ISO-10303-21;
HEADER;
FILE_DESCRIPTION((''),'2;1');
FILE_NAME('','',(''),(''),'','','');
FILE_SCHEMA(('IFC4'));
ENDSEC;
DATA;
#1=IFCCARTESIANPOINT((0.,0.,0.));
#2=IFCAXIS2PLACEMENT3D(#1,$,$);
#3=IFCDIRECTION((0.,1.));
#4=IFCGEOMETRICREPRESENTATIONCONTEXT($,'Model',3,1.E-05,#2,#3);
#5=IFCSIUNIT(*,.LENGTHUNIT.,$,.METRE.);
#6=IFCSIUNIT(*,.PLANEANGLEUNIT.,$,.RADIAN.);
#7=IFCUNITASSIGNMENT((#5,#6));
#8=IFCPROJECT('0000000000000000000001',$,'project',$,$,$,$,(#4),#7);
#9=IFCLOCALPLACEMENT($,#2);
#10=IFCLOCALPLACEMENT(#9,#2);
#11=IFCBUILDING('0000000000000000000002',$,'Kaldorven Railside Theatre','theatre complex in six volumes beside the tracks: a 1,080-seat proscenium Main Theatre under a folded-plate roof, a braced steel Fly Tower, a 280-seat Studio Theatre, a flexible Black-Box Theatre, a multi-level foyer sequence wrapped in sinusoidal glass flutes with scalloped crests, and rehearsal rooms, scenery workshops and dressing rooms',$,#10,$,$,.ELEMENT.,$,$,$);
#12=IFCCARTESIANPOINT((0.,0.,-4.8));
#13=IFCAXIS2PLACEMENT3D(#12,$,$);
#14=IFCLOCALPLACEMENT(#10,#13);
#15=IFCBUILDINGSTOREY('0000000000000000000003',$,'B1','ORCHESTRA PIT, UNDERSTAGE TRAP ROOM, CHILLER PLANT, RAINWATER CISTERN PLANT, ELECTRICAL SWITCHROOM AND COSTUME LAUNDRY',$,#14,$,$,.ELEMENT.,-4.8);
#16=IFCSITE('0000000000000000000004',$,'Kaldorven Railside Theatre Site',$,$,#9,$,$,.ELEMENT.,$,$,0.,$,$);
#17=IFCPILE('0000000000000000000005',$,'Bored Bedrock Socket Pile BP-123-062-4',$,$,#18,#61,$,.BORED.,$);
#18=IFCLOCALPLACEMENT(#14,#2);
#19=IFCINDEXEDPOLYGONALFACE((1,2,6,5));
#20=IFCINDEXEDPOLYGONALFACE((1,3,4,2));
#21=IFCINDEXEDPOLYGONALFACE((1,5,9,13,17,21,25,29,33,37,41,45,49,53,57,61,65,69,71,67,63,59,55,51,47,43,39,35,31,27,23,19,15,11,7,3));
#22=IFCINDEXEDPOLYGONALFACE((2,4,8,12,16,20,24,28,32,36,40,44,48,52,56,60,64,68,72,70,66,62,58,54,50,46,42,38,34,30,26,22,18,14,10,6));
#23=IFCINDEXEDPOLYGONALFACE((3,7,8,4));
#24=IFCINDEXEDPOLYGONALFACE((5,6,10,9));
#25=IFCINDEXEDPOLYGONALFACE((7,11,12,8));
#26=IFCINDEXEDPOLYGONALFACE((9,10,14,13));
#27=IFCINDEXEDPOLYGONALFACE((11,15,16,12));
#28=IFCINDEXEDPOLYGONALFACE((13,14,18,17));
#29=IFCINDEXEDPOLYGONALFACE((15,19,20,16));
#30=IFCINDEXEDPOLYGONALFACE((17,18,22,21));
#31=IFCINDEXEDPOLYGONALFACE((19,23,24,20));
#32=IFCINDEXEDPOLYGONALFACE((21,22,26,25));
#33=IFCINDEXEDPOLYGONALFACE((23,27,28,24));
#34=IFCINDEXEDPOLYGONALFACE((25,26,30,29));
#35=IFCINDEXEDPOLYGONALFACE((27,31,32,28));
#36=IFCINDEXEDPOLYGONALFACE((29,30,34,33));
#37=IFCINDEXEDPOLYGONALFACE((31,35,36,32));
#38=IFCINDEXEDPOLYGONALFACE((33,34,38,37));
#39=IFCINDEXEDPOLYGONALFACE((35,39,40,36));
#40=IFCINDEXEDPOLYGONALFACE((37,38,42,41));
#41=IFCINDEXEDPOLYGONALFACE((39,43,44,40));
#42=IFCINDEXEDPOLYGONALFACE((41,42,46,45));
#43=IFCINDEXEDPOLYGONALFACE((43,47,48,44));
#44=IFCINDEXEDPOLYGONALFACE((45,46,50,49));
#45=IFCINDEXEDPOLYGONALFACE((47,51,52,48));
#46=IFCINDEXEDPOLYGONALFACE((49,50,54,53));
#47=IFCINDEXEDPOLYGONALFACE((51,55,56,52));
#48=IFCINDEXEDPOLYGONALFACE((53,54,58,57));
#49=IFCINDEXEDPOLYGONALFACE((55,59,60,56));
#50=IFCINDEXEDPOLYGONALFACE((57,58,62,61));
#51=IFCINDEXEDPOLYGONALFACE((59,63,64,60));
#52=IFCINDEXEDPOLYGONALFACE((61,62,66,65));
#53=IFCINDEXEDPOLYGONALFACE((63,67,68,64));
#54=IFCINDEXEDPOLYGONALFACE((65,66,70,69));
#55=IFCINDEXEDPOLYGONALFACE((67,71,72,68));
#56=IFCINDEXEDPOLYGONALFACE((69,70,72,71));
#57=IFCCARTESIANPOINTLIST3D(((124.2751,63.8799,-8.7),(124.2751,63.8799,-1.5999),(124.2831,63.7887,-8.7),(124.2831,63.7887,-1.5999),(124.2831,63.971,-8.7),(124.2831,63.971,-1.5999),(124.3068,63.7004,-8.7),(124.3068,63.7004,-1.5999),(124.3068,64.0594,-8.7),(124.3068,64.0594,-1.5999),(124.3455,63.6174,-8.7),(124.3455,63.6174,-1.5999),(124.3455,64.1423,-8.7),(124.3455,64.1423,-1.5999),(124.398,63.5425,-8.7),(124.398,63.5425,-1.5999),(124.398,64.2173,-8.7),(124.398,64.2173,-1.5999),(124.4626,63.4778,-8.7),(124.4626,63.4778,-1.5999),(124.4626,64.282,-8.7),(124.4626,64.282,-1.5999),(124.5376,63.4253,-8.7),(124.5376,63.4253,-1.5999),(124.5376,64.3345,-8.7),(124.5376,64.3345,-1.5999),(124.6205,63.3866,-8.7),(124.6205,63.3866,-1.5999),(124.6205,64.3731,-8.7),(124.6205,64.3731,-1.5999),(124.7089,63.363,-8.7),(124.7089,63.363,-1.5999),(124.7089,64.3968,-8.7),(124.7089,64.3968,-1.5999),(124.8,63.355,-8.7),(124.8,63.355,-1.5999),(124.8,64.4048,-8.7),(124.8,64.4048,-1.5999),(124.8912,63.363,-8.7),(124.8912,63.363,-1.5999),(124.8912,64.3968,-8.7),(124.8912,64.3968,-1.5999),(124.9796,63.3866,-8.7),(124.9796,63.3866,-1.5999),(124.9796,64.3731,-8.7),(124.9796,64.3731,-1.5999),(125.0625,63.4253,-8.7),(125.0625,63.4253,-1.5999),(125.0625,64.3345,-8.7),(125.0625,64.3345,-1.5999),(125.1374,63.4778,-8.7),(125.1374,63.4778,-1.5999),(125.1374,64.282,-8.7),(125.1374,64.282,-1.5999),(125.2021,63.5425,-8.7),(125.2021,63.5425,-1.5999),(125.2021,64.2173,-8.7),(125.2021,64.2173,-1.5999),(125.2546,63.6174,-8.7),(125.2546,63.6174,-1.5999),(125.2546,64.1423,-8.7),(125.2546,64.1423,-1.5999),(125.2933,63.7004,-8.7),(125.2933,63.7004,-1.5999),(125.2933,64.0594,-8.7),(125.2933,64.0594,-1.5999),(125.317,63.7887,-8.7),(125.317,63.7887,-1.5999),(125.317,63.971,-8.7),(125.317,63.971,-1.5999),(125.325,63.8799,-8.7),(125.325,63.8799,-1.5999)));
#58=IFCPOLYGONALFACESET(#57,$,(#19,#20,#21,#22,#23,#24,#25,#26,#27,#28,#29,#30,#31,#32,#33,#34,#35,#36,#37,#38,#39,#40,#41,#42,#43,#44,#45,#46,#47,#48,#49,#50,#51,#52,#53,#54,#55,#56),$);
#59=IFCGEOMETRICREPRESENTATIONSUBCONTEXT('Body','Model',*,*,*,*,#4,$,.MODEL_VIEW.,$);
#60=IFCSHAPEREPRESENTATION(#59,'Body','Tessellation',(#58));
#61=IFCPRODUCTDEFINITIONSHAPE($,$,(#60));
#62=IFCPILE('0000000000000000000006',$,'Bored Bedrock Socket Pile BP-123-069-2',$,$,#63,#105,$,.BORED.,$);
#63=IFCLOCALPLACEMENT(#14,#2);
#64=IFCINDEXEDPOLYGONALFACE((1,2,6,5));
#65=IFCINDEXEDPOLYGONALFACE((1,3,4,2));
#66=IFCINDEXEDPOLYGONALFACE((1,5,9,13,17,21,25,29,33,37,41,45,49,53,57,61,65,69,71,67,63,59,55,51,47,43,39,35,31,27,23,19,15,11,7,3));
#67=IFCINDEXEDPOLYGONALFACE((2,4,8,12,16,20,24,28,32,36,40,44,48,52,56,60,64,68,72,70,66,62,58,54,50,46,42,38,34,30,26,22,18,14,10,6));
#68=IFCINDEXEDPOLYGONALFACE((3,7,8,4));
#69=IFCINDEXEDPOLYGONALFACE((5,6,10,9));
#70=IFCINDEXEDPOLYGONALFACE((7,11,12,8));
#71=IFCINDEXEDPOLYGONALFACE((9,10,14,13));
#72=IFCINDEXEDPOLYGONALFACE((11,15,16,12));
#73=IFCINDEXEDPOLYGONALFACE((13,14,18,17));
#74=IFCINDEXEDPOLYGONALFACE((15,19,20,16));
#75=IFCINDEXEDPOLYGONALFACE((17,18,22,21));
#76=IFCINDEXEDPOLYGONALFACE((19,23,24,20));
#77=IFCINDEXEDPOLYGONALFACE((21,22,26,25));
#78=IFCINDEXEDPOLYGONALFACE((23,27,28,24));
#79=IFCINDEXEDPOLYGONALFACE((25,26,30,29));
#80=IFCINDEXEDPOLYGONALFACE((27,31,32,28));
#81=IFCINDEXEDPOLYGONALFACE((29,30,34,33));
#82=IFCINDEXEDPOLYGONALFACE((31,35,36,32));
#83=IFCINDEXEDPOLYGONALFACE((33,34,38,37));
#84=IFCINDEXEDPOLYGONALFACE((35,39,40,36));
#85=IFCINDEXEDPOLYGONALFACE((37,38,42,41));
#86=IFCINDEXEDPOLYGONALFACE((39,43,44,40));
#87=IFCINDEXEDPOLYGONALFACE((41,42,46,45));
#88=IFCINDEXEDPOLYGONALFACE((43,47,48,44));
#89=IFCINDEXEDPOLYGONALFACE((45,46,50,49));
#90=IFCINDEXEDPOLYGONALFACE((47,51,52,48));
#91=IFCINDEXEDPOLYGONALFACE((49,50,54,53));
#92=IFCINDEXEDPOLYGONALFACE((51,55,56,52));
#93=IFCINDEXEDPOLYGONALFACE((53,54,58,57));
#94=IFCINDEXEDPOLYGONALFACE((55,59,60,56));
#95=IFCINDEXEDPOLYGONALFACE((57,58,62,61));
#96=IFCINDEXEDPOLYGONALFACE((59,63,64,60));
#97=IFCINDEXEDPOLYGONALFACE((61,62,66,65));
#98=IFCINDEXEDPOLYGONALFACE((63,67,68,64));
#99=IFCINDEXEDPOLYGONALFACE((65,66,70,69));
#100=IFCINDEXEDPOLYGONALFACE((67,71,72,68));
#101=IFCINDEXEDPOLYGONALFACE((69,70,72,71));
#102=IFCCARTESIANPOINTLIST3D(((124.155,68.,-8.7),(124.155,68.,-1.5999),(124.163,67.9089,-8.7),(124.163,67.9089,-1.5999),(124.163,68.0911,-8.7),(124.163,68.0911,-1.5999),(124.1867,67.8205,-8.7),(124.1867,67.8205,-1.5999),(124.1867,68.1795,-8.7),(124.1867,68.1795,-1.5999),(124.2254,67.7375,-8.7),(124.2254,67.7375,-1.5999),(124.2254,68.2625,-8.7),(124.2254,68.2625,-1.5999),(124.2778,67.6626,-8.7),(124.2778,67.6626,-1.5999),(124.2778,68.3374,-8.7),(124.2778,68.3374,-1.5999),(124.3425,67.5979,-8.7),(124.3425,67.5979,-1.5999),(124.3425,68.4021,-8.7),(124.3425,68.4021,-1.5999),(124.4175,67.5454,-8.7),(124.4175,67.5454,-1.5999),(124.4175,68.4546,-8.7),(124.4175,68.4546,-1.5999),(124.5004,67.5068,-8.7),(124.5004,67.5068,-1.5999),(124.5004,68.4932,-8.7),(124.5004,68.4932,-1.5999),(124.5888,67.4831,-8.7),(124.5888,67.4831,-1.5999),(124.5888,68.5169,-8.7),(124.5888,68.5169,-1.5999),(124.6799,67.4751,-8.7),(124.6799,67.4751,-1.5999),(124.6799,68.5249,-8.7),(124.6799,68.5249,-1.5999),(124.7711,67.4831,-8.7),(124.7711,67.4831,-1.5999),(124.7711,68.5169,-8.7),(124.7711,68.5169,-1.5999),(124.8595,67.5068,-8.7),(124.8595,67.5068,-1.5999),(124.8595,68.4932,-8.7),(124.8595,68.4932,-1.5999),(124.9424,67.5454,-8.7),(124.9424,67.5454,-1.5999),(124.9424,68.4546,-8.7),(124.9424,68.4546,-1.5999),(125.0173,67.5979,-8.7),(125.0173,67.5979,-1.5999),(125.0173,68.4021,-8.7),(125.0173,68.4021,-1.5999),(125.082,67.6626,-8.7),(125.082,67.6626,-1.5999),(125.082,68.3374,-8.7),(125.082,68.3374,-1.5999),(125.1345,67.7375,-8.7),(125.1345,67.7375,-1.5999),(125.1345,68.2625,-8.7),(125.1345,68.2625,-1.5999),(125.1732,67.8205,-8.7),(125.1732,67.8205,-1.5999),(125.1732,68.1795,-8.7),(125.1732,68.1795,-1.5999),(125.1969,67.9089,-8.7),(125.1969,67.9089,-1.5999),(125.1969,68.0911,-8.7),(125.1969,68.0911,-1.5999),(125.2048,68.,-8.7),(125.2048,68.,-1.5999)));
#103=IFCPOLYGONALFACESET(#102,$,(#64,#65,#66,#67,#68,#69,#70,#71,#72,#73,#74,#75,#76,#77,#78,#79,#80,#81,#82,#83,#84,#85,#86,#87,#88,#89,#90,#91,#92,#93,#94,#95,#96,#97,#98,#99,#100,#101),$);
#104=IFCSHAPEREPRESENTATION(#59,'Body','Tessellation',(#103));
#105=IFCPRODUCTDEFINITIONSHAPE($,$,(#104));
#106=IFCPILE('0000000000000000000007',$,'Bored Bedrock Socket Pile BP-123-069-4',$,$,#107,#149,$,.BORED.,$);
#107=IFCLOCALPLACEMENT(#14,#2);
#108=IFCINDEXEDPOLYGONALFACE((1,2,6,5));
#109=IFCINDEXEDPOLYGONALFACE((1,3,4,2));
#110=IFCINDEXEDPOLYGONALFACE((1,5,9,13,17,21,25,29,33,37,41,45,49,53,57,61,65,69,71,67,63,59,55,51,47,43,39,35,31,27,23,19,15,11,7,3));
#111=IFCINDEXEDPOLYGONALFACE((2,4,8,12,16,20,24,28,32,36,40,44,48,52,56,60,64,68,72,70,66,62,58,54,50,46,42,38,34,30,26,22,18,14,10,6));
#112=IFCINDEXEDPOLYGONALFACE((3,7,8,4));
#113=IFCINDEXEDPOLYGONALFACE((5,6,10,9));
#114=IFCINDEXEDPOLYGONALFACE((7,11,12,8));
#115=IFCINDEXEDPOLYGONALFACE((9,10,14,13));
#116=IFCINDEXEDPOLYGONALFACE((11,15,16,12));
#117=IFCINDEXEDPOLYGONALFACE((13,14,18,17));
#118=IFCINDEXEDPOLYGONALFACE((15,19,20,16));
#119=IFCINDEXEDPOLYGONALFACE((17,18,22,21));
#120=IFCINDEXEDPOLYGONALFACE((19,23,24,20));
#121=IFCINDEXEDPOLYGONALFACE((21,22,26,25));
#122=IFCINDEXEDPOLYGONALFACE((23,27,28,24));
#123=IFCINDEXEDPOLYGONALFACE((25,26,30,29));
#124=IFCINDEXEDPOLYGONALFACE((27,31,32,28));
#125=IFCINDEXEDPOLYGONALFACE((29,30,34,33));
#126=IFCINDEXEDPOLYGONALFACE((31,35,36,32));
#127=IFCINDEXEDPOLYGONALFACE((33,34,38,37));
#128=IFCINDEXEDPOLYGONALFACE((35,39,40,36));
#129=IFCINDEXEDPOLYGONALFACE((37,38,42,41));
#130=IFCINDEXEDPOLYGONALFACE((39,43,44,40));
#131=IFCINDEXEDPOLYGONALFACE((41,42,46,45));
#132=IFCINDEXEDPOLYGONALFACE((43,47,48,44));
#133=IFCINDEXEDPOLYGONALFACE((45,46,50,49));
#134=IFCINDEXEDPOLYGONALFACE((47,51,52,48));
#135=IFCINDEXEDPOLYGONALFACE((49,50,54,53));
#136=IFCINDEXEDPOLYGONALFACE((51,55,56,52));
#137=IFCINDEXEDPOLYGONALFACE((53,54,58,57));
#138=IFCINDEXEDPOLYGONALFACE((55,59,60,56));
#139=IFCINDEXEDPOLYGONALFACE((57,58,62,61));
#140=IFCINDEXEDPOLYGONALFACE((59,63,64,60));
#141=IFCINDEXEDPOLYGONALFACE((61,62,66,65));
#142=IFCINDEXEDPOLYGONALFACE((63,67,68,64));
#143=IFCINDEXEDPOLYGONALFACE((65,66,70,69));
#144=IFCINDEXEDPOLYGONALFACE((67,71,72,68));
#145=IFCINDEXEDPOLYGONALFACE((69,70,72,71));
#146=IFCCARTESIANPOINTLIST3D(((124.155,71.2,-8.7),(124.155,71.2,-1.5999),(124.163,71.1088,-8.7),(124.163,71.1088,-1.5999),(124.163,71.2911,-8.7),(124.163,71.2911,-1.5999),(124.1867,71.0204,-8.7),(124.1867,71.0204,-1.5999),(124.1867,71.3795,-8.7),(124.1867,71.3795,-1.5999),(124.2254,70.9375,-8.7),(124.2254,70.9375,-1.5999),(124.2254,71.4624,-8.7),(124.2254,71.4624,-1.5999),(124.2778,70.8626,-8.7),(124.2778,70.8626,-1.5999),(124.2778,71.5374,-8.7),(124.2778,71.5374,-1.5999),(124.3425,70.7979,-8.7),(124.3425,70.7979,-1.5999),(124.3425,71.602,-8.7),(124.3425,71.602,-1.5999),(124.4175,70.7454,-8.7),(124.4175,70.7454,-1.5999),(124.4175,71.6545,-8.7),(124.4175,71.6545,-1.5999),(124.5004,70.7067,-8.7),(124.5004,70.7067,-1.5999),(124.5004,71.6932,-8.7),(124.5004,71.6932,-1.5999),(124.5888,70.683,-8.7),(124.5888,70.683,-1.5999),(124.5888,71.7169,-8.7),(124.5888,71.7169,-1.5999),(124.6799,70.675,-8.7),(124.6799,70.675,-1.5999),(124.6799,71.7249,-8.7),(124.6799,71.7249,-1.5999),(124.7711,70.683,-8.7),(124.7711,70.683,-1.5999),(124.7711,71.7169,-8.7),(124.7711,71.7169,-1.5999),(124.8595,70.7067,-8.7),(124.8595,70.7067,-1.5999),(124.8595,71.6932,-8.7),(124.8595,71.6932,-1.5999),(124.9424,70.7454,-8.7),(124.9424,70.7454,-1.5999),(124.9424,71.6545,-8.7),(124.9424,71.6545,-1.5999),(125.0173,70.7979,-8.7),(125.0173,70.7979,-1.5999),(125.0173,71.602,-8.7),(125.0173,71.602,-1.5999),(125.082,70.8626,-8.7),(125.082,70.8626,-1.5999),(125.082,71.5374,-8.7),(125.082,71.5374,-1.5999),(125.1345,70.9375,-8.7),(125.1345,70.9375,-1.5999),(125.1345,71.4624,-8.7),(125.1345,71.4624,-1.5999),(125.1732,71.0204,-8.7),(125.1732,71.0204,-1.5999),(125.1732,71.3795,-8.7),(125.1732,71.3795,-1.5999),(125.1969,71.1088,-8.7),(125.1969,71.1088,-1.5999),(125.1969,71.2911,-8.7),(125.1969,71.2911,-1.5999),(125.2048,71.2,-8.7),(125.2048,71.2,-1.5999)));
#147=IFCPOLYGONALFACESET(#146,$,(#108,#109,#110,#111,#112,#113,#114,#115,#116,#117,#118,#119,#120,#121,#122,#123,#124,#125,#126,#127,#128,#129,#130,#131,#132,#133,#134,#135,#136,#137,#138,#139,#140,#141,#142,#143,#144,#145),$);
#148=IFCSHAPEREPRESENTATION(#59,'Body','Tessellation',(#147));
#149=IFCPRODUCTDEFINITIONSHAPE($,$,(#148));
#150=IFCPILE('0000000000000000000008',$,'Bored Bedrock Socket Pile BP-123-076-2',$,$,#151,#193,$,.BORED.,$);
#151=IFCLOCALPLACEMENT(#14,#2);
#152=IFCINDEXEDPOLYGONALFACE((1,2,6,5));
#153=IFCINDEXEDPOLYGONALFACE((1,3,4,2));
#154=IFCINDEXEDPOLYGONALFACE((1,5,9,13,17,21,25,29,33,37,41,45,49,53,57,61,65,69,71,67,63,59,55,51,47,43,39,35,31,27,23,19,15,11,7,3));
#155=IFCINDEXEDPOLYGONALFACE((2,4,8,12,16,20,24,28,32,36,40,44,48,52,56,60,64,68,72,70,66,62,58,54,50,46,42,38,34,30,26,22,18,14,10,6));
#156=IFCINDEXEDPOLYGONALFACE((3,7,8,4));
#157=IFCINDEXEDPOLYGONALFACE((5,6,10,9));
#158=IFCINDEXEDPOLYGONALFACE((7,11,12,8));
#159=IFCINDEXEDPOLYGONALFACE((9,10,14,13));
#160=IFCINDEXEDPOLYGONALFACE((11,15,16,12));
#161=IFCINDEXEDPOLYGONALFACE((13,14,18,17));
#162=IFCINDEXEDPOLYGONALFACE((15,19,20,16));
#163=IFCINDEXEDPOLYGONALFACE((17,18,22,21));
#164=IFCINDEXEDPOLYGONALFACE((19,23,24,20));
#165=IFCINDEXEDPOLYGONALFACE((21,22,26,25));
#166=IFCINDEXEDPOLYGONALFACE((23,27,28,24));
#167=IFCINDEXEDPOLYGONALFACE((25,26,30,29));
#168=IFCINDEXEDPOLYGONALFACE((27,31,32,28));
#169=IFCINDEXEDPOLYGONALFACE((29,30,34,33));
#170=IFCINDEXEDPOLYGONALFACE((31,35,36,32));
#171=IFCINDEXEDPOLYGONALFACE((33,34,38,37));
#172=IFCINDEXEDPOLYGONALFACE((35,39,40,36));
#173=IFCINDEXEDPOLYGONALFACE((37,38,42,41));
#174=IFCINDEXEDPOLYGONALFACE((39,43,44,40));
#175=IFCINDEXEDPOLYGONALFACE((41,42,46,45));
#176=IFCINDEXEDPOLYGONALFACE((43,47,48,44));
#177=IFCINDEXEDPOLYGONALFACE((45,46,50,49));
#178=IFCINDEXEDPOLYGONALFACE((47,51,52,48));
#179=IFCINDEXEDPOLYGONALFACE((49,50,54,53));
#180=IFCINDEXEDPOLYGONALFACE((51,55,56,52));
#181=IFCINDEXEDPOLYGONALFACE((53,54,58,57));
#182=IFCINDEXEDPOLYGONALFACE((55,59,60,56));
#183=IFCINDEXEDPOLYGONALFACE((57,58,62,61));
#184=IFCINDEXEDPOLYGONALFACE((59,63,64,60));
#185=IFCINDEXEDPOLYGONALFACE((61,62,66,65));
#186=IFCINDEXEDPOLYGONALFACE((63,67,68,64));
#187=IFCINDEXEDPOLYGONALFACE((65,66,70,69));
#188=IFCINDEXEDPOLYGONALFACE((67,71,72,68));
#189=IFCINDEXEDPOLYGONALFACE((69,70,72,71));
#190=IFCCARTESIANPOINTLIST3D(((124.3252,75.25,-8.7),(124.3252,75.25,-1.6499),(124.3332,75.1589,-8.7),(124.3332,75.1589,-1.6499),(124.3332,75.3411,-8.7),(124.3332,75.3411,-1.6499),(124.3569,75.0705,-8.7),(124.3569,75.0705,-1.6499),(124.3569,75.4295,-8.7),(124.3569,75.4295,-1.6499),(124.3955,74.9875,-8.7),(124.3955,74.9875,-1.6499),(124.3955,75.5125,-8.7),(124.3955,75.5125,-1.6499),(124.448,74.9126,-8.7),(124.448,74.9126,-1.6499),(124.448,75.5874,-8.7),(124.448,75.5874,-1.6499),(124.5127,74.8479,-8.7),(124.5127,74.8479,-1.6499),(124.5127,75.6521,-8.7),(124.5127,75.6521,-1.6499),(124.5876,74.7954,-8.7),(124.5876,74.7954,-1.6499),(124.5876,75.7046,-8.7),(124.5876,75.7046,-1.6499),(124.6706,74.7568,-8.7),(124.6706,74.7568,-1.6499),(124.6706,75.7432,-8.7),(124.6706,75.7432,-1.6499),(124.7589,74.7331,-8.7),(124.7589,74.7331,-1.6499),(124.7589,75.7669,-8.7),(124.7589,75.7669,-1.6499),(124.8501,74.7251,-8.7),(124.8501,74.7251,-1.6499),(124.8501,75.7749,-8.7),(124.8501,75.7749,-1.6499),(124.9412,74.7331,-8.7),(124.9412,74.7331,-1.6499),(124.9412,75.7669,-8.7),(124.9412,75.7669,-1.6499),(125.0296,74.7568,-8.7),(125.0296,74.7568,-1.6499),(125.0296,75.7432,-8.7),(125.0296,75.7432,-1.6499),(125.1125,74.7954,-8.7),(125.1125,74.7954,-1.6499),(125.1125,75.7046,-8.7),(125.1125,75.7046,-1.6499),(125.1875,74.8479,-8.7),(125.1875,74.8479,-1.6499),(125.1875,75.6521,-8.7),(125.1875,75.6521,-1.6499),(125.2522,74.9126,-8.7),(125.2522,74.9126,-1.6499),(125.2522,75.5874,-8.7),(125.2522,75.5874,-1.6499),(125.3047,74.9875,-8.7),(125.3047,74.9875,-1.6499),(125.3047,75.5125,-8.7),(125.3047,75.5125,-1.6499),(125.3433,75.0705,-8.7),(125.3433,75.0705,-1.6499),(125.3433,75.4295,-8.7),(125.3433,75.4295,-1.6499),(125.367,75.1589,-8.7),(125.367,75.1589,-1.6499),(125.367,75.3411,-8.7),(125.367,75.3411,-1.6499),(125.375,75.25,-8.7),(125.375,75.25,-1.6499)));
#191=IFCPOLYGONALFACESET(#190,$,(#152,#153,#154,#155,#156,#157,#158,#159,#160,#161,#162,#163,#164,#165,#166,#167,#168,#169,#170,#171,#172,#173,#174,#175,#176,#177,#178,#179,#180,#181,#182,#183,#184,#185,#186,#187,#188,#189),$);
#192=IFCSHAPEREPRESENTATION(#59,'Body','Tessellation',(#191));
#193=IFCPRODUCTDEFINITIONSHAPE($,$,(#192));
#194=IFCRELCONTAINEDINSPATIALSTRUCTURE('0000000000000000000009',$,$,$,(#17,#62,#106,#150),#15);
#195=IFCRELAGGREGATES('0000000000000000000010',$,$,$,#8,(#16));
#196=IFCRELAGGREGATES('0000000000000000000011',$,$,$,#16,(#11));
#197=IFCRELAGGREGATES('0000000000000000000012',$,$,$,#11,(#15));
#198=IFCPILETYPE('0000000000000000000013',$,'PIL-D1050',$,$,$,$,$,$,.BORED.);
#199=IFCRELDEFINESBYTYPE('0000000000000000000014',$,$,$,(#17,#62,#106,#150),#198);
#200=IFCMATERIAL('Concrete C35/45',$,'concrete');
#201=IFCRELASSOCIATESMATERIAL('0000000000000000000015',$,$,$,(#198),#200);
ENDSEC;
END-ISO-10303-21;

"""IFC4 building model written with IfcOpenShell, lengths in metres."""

from ifc_helpers import new_model, si_unit, direction, frame, origin, origin_2d, place, context, subcontext, project, spatial, circle, extrude, material, material_profile, profile_set, type_object, element, save


model = new_model("IFC4")

# Units and contexts
model_context = context("Model", 3, precision=1e-05, world=origin(), true_north=direction((0.0, 1.0)))
body_context = subcontext(model_context, "Body", "Model", "MODEL_VIEW")
ifc_project = project(units=[si_unit("LENGTHUNIT", "METRE"), si_unit("PLANEANGLEUNIT", "RADIAN")], contexts=[model_context])

# Site, building, storey
site_placement = place(None, origin())
site = spatial("IfcSite", under=ifc_project, at=site_placement, Name="Kaldorven Railside Theatre Site", CompositionType="ELEMENT", RefElevation=0.0)
building_placement = place(site_placement, origin())
building = spatial("IfcBuilding", under=site, at=building_placement, Name="Kaldorven Railside Theatre", Description="theatre complex in six volumes beside the tracks: a 1,080-seat proscenium Main Theatre under a folded-plate roof, a braced steel Fly Tower, a 280-seat Studio Theatre, a flexible Black-Box Theatre, a multi-level foyer sequence wrapped in sinusoidal glass flutes with scalloped crests, and rehearsal rooms, scenery workshops and dressing rooms", CompositionType="ELEMENT")
storey_placement = place(building_placement, frame((0.0, 0.0, -4.8)))
storey = spatial("IfcBuildingStorey", under=building, at=storey_placement, Name="B1", Description="ORCHESTRA PIT, UNDERSTAGE TRAP ROOM, CHILLER PLANT, RAINWATER CISTERN PLANT, ELECTRICAL SWITCHROOM AND COSTUME LAUNDRY", CompositionType="ELEMENT", Elevation=-4.8)

# Piles
ifc_material_1 = material(Name="Concrete C35/45", Category="concrete")
ifc_material_profile_1 = material_profile(ifc_material_1, circle(Radius=0.5249, at=origin_2d()), Name="BP D1050")
ifc_profile_set_1 = profile_set([ifc_material_profile_1], Name="Concrete C35/45")
pile_type_1 = type_object("IfcPileType", Name="PIL-D1050", PredefinedType="BORED", material=ifc_profile_set_1)
for number, where, z_axis, x_axis, name in (
    (1, (124.8, 63.8799, -1.5999), (0.0, 0.0, -1.0), (1.0, 0.0, 0.0), "Bored Bedrock Socket Pile BP-123-062-4"),
    (2, (124.6799, 68.0, -1.5999), (0.0, 0.0, -1.0), (1.0, 0.0, 0.0), "Bored Bedrock Socket Pile BP-123-069-2"),
    (3, (124.6799, 71.2, -1.5999), (0.0, 0.0, -1.0), (1.0, 0.0, 0.0), "Bored Bedrock Socket Pile BP-123-069-4"),
):
    element("IfcPile", number, at=place(storey_placement, frame(where, z_axis=z_axis, x_axis=x_axis)), inside=storey, type_object=pile_type_1, Name=name, PredefinedType="BORED", context=body_context, shape_type="SweptSolid", body=[
        extrude(circle(Radius=0.5249, at=origin_2d()), origin(), (0.0, 0.0, 1.0), 7.1001),
    ])
for number, where, z_axis, x_axis, name in (
    (4, (124.8501, 75.25, -1.6499), (0.0, 0.0, -1.0), (1.0, 0.0, 0.0), "Bored Bedrock Socket Pile BP-123-076-2"),
):
    element("IfcPile", number, at=place(storey_placement, frame(where, z_axis=z_axis, x_axis=x_axis)), inside=storey, type_object=pile_type_1, Name=name, PredefinedType="BORED", context=body_context, shape_type="SweptSolid", body=[
        extrude(circle(Radius=0.5249, at=origin_2d()), origin(), (0.0, 0.0, 1.0), 7.05),
    ])

save(model, "model.ifc")
